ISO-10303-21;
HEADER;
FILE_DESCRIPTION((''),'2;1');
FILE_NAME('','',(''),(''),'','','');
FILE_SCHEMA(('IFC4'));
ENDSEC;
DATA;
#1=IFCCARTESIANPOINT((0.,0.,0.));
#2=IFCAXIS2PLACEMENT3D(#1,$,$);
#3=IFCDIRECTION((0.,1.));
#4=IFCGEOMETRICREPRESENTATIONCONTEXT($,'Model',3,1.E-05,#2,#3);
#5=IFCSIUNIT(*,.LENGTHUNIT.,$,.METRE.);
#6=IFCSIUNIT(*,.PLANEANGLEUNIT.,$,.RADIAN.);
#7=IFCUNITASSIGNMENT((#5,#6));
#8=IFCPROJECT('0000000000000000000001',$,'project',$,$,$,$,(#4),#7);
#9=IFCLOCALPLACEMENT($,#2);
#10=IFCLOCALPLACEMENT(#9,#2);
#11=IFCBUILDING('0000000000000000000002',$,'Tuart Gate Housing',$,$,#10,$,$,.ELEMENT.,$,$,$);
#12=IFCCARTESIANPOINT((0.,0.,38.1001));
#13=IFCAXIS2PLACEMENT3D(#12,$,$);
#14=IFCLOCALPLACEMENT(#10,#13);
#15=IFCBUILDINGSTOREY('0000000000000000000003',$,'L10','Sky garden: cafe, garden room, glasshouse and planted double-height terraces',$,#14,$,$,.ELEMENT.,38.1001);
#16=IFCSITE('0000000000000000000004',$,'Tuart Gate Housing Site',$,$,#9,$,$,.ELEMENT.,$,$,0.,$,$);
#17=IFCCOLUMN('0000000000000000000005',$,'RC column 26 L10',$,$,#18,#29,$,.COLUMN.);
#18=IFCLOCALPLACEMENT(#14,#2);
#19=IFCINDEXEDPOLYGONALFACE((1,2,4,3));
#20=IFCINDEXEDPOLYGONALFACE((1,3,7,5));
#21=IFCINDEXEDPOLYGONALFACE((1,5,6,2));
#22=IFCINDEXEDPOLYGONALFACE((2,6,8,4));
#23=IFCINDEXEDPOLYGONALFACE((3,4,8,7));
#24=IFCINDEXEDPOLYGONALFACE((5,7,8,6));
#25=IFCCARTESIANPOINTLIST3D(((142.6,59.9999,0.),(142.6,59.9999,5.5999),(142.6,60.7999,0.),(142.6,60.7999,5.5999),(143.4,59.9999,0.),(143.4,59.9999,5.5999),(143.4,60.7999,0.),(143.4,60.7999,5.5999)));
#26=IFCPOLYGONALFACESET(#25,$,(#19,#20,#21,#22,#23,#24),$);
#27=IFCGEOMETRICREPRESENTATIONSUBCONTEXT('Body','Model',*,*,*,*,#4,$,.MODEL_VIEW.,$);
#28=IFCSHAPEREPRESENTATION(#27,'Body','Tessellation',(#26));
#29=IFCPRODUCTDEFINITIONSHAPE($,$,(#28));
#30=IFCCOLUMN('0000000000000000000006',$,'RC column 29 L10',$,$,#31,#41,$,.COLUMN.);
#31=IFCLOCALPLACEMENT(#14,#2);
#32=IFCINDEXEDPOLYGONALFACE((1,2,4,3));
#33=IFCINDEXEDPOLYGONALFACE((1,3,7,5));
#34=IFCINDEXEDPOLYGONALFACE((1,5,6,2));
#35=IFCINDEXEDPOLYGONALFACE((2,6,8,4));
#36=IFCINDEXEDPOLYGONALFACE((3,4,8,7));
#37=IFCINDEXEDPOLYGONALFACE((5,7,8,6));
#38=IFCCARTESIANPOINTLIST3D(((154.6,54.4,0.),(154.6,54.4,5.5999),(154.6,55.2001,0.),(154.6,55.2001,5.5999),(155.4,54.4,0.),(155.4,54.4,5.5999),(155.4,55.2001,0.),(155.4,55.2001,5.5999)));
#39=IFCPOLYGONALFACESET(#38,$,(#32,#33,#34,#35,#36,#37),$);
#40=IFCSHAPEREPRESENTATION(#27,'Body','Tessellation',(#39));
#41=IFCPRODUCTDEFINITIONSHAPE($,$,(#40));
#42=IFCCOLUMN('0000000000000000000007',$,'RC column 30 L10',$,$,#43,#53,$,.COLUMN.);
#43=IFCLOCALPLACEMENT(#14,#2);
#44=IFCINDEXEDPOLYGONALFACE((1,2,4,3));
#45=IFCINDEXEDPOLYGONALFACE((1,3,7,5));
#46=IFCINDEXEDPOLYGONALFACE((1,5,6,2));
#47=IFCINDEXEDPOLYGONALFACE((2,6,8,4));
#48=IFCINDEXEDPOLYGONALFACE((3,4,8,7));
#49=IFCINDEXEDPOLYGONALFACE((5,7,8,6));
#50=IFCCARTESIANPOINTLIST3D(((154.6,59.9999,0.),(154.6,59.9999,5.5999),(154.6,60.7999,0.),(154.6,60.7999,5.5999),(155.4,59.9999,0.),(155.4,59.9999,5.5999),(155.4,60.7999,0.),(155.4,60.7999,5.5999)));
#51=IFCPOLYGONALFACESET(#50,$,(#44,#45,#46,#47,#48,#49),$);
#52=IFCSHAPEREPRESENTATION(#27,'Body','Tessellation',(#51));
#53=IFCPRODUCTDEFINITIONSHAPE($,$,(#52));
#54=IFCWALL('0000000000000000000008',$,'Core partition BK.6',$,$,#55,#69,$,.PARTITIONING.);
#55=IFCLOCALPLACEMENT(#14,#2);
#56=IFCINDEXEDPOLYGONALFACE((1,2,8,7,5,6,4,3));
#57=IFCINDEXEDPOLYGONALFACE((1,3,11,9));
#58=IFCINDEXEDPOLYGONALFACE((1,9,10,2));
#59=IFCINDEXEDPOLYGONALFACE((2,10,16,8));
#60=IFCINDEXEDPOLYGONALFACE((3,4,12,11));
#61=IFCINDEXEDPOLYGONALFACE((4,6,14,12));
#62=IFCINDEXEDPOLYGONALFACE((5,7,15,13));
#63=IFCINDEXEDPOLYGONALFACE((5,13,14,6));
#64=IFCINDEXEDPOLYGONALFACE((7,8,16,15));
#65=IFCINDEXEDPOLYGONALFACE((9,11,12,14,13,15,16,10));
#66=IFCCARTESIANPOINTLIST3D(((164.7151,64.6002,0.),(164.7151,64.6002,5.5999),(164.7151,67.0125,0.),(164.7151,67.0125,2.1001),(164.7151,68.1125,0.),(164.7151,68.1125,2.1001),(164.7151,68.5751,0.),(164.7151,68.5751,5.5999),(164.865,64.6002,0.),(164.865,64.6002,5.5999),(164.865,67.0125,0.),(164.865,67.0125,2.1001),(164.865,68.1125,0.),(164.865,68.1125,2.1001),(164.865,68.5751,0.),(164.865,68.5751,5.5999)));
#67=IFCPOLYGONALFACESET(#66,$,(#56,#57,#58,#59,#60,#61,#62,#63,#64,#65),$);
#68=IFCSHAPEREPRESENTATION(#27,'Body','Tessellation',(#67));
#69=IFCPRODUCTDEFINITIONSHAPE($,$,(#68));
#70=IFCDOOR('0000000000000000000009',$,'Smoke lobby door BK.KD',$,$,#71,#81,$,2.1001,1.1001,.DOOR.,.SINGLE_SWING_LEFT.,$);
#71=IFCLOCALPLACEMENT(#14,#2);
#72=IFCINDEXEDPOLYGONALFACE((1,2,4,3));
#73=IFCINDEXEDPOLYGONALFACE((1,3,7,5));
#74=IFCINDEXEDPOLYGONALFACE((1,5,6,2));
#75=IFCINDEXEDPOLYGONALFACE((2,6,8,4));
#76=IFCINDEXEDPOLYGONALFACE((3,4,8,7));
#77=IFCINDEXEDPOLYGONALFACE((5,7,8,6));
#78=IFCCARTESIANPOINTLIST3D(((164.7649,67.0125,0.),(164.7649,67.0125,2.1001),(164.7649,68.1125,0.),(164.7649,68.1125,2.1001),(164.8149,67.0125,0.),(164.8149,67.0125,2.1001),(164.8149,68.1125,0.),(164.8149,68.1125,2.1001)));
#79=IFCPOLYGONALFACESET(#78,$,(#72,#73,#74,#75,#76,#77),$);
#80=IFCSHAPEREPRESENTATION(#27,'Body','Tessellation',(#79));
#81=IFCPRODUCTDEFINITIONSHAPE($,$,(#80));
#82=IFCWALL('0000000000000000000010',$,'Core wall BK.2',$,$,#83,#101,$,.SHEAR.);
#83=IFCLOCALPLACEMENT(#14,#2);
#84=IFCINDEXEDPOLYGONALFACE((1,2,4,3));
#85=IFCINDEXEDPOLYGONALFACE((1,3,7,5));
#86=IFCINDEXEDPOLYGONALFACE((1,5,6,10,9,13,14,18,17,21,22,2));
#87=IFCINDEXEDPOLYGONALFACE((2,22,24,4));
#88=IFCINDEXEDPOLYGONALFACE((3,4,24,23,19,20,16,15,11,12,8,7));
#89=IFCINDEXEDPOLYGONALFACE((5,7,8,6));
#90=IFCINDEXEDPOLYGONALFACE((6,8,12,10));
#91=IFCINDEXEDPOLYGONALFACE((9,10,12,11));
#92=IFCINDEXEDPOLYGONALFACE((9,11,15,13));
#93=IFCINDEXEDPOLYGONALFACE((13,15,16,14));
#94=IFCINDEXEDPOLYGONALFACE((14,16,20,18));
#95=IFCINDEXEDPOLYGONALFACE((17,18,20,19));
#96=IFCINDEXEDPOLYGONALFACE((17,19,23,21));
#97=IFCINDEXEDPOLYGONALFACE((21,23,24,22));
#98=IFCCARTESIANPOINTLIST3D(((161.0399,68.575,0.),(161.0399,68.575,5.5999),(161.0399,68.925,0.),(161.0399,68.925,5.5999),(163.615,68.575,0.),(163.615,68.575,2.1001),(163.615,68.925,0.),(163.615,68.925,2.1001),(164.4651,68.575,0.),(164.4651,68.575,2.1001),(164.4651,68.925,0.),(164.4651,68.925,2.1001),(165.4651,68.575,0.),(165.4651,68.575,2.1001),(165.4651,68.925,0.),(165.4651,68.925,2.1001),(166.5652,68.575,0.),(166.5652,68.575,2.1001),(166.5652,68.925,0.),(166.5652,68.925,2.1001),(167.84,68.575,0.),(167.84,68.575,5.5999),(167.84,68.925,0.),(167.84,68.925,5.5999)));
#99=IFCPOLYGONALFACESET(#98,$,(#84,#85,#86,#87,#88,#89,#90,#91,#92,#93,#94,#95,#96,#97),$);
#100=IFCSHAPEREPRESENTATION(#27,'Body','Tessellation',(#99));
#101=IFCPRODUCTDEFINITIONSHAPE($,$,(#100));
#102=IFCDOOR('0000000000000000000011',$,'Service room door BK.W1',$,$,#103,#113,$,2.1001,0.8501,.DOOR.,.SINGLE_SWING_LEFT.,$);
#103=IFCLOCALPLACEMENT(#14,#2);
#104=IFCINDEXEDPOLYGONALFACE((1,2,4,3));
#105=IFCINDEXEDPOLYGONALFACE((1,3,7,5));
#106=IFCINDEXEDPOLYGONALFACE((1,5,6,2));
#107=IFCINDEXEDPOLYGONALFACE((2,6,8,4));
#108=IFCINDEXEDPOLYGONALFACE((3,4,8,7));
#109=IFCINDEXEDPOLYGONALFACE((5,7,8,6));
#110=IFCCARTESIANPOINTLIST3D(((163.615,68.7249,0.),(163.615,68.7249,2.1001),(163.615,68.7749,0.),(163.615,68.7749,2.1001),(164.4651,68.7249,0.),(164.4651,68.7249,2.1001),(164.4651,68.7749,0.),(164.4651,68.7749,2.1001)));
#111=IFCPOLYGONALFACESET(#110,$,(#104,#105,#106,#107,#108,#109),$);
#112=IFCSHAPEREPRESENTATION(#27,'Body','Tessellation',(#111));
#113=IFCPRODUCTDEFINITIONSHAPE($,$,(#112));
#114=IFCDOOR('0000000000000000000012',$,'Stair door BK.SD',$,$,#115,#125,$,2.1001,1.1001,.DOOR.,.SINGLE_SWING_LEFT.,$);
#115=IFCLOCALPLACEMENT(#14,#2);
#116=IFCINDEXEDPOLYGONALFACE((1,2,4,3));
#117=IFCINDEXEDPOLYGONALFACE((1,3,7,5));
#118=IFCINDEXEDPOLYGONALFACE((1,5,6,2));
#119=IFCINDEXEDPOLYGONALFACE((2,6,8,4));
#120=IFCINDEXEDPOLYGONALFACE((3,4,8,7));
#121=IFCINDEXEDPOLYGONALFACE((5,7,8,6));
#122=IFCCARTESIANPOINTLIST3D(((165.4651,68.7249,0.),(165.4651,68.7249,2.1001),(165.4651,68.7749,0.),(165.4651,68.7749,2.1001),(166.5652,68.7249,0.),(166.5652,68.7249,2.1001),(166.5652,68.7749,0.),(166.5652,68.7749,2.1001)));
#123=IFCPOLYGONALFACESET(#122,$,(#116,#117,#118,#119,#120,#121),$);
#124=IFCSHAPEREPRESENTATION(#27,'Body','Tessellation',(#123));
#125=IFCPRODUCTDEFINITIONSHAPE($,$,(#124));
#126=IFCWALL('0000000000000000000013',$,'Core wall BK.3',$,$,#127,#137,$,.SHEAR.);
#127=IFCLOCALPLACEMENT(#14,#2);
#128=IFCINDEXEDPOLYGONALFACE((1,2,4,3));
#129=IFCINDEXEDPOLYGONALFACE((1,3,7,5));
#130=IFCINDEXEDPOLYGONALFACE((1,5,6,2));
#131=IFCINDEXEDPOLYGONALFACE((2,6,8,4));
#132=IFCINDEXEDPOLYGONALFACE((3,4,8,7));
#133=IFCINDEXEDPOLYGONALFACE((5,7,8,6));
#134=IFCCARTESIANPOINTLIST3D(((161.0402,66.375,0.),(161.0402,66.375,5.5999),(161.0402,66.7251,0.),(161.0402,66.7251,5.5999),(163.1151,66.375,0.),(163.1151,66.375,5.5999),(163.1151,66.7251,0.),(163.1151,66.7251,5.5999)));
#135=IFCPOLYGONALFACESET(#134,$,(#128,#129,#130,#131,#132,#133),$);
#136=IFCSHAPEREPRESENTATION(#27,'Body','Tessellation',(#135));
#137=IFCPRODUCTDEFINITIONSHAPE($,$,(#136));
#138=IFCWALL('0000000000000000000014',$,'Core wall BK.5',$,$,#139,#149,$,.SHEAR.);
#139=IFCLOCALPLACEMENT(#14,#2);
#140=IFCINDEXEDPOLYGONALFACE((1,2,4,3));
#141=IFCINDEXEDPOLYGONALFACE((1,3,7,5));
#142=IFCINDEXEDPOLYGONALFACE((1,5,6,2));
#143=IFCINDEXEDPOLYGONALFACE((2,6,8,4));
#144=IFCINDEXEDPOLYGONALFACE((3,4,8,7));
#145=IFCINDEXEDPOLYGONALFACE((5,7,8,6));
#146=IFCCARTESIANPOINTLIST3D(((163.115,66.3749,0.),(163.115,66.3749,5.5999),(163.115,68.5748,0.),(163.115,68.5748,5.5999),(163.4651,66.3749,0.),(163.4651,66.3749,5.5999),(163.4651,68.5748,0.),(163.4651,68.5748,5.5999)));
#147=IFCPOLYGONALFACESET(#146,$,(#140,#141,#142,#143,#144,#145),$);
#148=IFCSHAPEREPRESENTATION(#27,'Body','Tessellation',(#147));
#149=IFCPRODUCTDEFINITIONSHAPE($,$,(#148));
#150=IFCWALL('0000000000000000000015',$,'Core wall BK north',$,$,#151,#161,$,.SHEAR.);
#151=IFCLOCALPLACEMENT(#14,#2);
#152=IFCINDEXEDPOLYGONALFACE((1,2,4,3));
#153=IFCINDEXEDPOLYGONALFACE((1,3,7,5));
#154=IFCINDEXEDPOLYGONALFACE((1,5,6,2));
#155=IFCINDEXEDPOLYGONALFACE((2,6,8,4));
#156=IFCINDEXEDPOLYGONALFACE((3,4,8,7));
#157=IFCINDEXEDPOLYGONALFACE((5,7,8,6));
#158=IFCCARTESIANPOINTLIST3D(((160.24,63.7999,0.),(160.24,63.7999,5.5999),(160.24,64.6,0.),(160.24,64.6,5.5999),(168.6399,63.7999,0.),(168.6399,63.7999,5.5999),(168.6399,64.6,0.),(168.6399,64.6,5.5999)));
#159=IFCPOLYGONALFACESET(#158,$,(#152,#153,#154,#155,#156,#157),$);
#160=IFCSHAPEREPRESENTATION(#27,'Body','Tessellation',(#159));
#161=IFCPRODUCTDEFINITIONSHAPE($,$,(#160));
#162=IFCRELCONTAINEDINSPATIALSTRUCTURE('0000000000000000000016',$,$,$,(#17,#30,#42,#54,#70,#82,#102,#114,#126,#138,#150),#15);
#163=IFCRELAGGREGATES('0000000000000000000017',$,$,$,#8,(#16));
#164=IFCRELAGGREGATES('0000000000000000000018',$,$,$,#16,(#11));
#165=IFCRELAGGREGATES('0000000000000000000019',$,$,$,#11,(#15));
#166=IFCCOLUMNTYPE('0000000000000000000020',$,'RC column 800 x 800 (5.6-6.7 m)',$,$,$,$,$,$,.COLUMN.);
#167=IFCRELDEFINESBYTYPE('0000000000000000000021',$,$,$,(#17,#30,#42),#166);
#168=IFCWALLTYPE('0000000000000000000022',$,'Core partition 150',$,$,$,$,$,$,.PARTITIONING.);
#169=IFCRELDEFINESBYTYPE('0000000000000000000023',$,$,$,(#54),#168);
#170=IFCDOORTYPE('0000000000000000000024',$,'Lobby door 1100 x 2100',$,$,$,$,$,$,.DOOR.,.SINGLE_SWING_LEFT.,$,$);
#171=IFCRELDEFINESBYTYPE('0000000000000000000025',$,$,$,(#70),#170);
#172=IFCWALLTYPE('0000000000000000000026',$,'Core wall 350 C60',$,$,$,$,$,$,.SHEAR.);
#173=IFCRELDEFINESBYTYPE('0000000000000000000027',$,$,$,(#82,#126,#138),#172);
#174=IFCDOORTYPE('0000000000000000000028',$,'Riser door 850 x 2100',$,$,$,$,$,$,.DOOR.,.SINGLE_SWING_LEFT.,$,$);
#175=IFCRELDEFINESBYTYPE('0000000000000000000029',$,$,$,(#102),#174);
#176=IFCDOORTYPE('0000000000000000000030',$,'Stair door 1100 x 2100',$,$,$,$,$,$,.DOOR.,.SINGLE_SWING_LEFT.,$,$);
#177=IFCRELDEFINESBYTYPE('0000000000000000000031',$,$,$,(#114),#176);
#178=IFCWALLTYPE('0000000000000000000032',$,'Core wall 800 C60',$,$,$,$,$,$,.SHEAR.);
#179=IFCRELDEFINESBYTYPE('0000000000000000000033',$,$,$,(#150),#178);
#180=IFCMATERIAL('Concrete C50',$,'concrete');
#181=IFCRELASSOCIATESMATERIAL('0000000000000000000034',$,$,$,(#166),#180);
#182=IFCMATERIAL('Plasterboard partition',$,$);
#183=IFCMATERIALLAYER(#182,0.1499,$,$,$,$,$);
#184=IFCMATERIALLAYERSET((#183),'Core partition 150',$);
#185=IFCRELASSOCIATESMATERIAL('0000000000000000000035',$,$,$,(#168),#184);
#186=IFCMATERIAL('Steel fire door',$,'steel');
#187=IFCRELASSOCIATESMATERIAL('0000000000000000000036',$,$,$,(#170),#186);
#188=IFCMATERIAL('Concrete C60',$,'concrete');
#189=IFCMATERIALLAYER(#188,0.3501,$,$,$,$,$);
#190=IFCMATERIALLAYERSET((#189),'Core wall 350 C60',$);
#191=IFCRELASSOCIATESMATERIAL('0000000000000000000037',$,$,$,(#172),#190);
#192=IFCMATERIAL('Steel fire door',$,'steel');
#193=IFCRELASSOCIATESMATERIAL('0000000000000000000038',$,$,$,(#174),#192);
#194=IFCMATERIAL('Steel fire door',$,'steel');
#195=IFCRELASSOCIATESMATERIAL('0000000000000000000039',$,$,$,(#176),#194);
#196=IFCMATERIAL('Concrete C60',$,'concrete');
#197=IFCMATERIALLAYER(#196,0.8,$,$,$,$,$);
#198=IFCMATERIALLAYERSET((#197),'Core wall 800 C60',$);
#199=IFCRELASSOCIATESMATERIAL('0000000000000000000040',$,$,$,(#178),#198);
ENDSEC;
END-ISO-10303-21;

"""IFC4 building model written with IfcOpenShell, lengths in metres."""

from ifc_helpers import new_model, si_unit, direction, frame, frame_2d, origin, origin_2d, place, context, subcontext, project, spatial, rectangle, extrude, material, layer, layer_set, material_profile, profile_set, type_object, element, fill, save


model = new_model("IFC4")

# Units and contexts
model_context = context("Model", 3, precision=1e-05, world=origin(), true_north=direction((0.0, 1.0)))
body_context = subcontext(model_context, "Body", "Model", "MODEL_VIEW")
ifc_project = project(units=[si_unit("LENGTHUNIT", "METRE"), si_unit("PLANEANGLEUNIT", "RADIAN")], contexts=[model_context])

# Site, building, storey
site_placement = place(None, origin())
site = spatial("IfcSite", under=ifc_project, at=site_placement, Name="Tuart Gate Housing Site", CompositionType="ELEMENT", RefElevation=0.0)
building_placement = place(site_placement, origin())
building = spatial("IfcBuilding", under=site, at=building_placement, Name="Tuart Gate Housing", CompositionType="ELEMENT")
storey_placement = place(building_placement, frame((0.0, 0.0, 38.1001)))
storey = spatial("IfcBuildingStorey", under=building, at=storey_placement, Name="L10", Description="Sky garden: cafe, garden room, glasshouse and planted double-height terraces", CompositionType="ELEMENT", Elevation=38.1001)

# Columns
ifc_material_1 = material(Name="Concrete C50", Category="concrete")
ifc_material_profile = material_profile(ifc_material_1, rectangle(XDim=0.8, YDim=0.8, at=origin_2d()), Name="RC column 800 x 800 (5.6-6.7 m)")
ifc_profile_set = profile_set([ifc_material_profile], Name="Concrete C50")
column_type = type_object("IfcColumnType", Name="RC column 800 x 800 (5.6-6.7 m)", PredefinedType="COLUMN", material=ifc_profile_set)
for number, where, z_axis, x_axis, name in (
    (1, (143.0, 60.3999, 0.0), (0.0, 0.0, 1.0), (1.0, 0.0, 0.0), "RC column 26 L10"),
    (2, (155.0, 54.8, 0.0), (0.0, 0.0, 1.0), (1.0, 0.0, 0.0), "RC column 29 L10"),
    (3, (155.0, 60.3999, 0.0), (0.0, 0.0, 1.0), (1.0, 0.0, 0.0), "RC column 30 L10"),
):
    element("IfcColumn", number, at=place(storey_placement, frame(where, z_axis=z_axis, x_axis=x_axis)), inside=storey, type_object=column_type, Name=name, PredefinedType="COLUMN", context=body_context, shape_type="SweptSolid", body=[
        extrude(rectangle(XDim=0.8, YDim=0.8, at=origin_2d()), origin(), (0.0, 0.0, 1.0), 5.5999),
    ])

# Wall, opening, door
ifc_material_2 = material(Name="Plasterboard partition")
ifc_layer_1 = layer(ifc_material_2, 0.1499)
ifc_layer_set_1 = layer_set([ifc_layer_1], Name="Core partition 150")
wall_type_1 = type_object("IfcWallType", Name="Core partition 150", PredefinedType="PARTITIONING", material=ifc_layer_set_1)
wall_1_placement = place(storey_placement, frame((164.79, 68.575, 0.0), z_axis=(0.0, 0.0, 1.0), x_axis=(0.0, -1.0, 0.0)))
wall_1 = element("IfcWall", 4, at=wall_1_placement, inside=storey, type_object=wall_type_1, Name="Core partition BK.6", PredefinedType="PARTITIONING", context=body_context, shape_type="SweptSolid", body=[
    extrude(rectangle(XDim=3.9749, YDim=0.1499, at=frame_2d((1.9873, 0.0))), origin(), (0.0, 0.0, 1.0), 5.5999),
])
opening_1_placement = place(wall_1_placement, frame((0.4624, 0.0, 0.0)))
opening_1 = element("IfcOpeningElement", 5, at=opening_1_placement, cuts=wall_1, PredefinedType="OPENING", context=body_context, shape_type="SweptSolid", body=[
    extrude(rectangle(XDim=1.1001, YDim=2.1001, at=frame_2d((0.55, 1.05))), frame((0.0, 0.085, 0.0), z_axis=(0.0, -1.0, 0.0), x_axis=(1.0, 0.0, 0.0)), (0.0, 0.0, 1.0), 0.1699),
])
ifc_material_3 = material(Name="Steel fire door", Category="steel")
door_type_1 = type_object("IfcDoorType", Name="Lobby door 1100 x 2100", OperationType="SINGLE_SWING_LEFT", PredefinedType="DOOR", material=ifc_material_3)
door_1_placement = place(opening_1_placement, origin())
door_1 = element("IfcDoor", 6, at=door_1_placement, inside=storey, type_object=door_type_1, Name="Smoke lobby door BK.KD", OperationType="SINGLE_SWING_LEFT", OverallHeight=2.1001, OverallWidth=1.1001, PredefinedType="DOOR", context=body_context, shape_type="SweptSolid", body=[
    extrude(rectangle(XDim=1.1001, YDim=2.1001, at=frame_2d((0.55, 1.05))), frame((0.0, 0.0249, 0.0), z_axis=(0.0, -1.0, 0.0), x_axis=(1.0, 0.0, 0.0)), (0.0, 0.0, 1.0), 0.05),
])
fill(opening_1, door_1)

# Wall, openings, doors
ifc_material_4 = material(Name="Concrete C60", Category="concrete")
ifc_layer_2 = layer(ifc_material_4, 0.3501)
ifc_layer_set_2 = layer_set([ifc_layer_2], Name="Core wall 350 C60")
wall_type_2 = type_object("IfcWallType", Name="Core wall 350 C60", PredefinedType="SHEAR", material=ifc_layer_set_2)
wall_2_placement = place(storey_placement, frame((161.04, 68.75, 0.0), z_axis=(0.0, 0.0, 1.0), x_axis=(1.0, 0.0, 0.0)))
wall_2 = element("IfcWall", 7, at=wall_2_placement, inside=storey, type_object=wall_type_2, Name="Core wall BK.2", PredefinedType="SHEAR", context=body_context, shape_type="SweptSolid", body=[
    extrude(rectangle(XDim=6.8, YDim=0.3501, at=frame_2d((3.3999, 0.0))), origin(), (0.0, 0.0, 1.0), 5.5999),
])
opening_2_placement = place(wall_2_placement, frame((4.425, 0.0, 0.0)))
opening_2 = element("IfcOpeningElement", 8, at=opening_2_placement, cuts=wall_2, PredefinedType="OPENING", context=body_context, shape_type="SweptSolid", body=[
    extrude(rectangle(XDim=1.1001, YDim=2.1001, at=frame_2d((0.55, 1.05))), frame((0.0, 0.1851, 0.0), z_axis=(0.0, -1.0, 0.0), x_axis=(1.0, 0.0, 0.0)), (0.0, 0.0, 1.0), 0.3701),
])
opening_3_placement = place(wall_2_placement, frame((2.575, 0.0, 0.0)))
opening_3 = element("IfcOpeningElement", 9, at=opening_3_placement, cuts=wall_2, PredefinedType="OPENING", context=body_context, shape_type="SweptSolid", body=[
    extrude(rectangle(XDim=0.8501, YDim=2.1001, at=frame_2d((0.425, 1.05))), frame((0.0, 0.1851, 0.0), z_axis=(0.0, -1.0, 0.0), x_axis=(1.0, 0.0, 0.0)), (0.0, 0.0, 1.0), 0.3701),
])
ifc_material_5 = material(Name="Steel fire door", Category="steel")
door_type_2 = type_object("IfcDoorType", Name="Riser door 850 x 2100", OperationType="SINGLE_SWING_LEFT", PredefinedType="DOOR", material=ifc_material_5)
door_2_placement = place(opening_3_placement, origin())
door_2 = element("IfcDoor", 10, at=door_2_placement, inside=storey, type_object=door_type_2, Name="Service room door BK.W1", OperationType="SINGLE_SWING_LEFT", OverallHeight=2.1001, OverallWidth=0.8501, PredefinedType="DOOR", context=body_context, shape_type="SweptSolid", body=[
    extrude(rectangle(XDim=0.8501, YDim=2.1001, at=frame_2d((0.425, 1.05))), frame((0.0, 0.0249, 0.0), z_axis=(0.0, -1.0, 0.0), x_axis=(1.0, 0.0, 0.0)), (0.0, 0.0, 1.0), 0.05),
])
fill(opening_3, door_2)
ifc_material_6 = material(Name="Steel fire door", Category="steel")
door_type_3 = type_object("IfcDoorType", Name="Stair door 1100 x 2100", OperationType="SINGLE_SWING_LEFT", PredefinedType="DOOR", material=ifc_material_6)
door_3_placement = place(opening_2_placement, origin())
door_3 = element("IfcDoor", 11, at=door_3_placement, inside=storey, type_object=door_type_3, Name="Stair door BK.SD", OperationType="SINGLE_SWING_LEFT", OverallHeight=2.1001, OverallWidth=1.1001, PredefinedType="DOOR", context=body_context, shape_type="SweptSolid", body=[
    extrude(rectangle(XDim=1.1001, YDim=2.1001, at=frame_2d((0.55, 1.05))), frame((0.0, 0.0249, 0.0), z_axis=(0.0, -1.0, 0.0), x_axis=(1.0, 0.0, 0.0)), (0.0, 0.0, 1.0), 0.05),
])
fill(opening_2, door_3)

# Walls
wall_3_placement = place(storey_placement, frame((161.04, 66.55, 0.0), z_axis=(0.0, 0.0, 1.0), x_axis=(1.0, 0.0, 0.0)))
element("IfcWall", 12, at=wall_3_placement, inside=storey, type_object=wall_type_2, Name="Core wall BK.3", PredefinedType="SHEAR", context=body_context, shape_type="SweptSolid", body=[
    extrude(rectangle(XDim=2.075, YDim=0.3501, at=frame_2d((1.0376, 0.0))), origin(), (0.0, 0.0, 1.0), 5.5999),
])
wall_4_placement = place(storey_placement, frame((163.29, 68.575, 0.0), z_axis=(0.0, 0.0, 1.0), x_axis=(0.0, -1.0, 0.0)))
element("IfcWall", 13, at=wall_4_placement, inside=storey, type_object=wall_type_2, Name="Core wall BK.5", PredefinedType="SHEAR", context=body_context, shape_type="SweptSolid", body=[
    extrude(rectangle(XDim=2.2, YDim=0.3501, at=frame_2d((1.1001, 0.0))), origin(), (0.0, 0.0, 1.0), 5.5999),
])
ifc_material_7 = material(Name="Concrete C60", Category="concrete")
ifc_layer_3 = layer(ifc_material_7, 0.8)
ifc_layer_set_3 = layer_set([ifc_layer_3], Name="Core wall 800 C60")
wall_type_3 = type_object("IfcWallType", Name="Core wall 800 C60", PredefinedType="SHEAR", material=ifc_layer_set_3)
wall_5_placement = place(storey_placement, frame((160.24, 64.2, 0.0), z_axis=(0.0, 0.0, 1.0), x_axis=(1.0, 0.0, 0.0)))
element("IfcWall", 14, at=wall_5_placement, inside=storey, type_object=wall_type_3, Name="Core wall BK north", PredefinedType="SHEAR", context=body_context, shape_type="SweptSolid", body=[
    extrude(rectangle(XDim=8.3999, YDim=0.8, at=frame_2d((4.2, 0.0))), origin(), (0.0, 0.0, 1.0), 5.5999),
])

save(model, "model.ifc")
